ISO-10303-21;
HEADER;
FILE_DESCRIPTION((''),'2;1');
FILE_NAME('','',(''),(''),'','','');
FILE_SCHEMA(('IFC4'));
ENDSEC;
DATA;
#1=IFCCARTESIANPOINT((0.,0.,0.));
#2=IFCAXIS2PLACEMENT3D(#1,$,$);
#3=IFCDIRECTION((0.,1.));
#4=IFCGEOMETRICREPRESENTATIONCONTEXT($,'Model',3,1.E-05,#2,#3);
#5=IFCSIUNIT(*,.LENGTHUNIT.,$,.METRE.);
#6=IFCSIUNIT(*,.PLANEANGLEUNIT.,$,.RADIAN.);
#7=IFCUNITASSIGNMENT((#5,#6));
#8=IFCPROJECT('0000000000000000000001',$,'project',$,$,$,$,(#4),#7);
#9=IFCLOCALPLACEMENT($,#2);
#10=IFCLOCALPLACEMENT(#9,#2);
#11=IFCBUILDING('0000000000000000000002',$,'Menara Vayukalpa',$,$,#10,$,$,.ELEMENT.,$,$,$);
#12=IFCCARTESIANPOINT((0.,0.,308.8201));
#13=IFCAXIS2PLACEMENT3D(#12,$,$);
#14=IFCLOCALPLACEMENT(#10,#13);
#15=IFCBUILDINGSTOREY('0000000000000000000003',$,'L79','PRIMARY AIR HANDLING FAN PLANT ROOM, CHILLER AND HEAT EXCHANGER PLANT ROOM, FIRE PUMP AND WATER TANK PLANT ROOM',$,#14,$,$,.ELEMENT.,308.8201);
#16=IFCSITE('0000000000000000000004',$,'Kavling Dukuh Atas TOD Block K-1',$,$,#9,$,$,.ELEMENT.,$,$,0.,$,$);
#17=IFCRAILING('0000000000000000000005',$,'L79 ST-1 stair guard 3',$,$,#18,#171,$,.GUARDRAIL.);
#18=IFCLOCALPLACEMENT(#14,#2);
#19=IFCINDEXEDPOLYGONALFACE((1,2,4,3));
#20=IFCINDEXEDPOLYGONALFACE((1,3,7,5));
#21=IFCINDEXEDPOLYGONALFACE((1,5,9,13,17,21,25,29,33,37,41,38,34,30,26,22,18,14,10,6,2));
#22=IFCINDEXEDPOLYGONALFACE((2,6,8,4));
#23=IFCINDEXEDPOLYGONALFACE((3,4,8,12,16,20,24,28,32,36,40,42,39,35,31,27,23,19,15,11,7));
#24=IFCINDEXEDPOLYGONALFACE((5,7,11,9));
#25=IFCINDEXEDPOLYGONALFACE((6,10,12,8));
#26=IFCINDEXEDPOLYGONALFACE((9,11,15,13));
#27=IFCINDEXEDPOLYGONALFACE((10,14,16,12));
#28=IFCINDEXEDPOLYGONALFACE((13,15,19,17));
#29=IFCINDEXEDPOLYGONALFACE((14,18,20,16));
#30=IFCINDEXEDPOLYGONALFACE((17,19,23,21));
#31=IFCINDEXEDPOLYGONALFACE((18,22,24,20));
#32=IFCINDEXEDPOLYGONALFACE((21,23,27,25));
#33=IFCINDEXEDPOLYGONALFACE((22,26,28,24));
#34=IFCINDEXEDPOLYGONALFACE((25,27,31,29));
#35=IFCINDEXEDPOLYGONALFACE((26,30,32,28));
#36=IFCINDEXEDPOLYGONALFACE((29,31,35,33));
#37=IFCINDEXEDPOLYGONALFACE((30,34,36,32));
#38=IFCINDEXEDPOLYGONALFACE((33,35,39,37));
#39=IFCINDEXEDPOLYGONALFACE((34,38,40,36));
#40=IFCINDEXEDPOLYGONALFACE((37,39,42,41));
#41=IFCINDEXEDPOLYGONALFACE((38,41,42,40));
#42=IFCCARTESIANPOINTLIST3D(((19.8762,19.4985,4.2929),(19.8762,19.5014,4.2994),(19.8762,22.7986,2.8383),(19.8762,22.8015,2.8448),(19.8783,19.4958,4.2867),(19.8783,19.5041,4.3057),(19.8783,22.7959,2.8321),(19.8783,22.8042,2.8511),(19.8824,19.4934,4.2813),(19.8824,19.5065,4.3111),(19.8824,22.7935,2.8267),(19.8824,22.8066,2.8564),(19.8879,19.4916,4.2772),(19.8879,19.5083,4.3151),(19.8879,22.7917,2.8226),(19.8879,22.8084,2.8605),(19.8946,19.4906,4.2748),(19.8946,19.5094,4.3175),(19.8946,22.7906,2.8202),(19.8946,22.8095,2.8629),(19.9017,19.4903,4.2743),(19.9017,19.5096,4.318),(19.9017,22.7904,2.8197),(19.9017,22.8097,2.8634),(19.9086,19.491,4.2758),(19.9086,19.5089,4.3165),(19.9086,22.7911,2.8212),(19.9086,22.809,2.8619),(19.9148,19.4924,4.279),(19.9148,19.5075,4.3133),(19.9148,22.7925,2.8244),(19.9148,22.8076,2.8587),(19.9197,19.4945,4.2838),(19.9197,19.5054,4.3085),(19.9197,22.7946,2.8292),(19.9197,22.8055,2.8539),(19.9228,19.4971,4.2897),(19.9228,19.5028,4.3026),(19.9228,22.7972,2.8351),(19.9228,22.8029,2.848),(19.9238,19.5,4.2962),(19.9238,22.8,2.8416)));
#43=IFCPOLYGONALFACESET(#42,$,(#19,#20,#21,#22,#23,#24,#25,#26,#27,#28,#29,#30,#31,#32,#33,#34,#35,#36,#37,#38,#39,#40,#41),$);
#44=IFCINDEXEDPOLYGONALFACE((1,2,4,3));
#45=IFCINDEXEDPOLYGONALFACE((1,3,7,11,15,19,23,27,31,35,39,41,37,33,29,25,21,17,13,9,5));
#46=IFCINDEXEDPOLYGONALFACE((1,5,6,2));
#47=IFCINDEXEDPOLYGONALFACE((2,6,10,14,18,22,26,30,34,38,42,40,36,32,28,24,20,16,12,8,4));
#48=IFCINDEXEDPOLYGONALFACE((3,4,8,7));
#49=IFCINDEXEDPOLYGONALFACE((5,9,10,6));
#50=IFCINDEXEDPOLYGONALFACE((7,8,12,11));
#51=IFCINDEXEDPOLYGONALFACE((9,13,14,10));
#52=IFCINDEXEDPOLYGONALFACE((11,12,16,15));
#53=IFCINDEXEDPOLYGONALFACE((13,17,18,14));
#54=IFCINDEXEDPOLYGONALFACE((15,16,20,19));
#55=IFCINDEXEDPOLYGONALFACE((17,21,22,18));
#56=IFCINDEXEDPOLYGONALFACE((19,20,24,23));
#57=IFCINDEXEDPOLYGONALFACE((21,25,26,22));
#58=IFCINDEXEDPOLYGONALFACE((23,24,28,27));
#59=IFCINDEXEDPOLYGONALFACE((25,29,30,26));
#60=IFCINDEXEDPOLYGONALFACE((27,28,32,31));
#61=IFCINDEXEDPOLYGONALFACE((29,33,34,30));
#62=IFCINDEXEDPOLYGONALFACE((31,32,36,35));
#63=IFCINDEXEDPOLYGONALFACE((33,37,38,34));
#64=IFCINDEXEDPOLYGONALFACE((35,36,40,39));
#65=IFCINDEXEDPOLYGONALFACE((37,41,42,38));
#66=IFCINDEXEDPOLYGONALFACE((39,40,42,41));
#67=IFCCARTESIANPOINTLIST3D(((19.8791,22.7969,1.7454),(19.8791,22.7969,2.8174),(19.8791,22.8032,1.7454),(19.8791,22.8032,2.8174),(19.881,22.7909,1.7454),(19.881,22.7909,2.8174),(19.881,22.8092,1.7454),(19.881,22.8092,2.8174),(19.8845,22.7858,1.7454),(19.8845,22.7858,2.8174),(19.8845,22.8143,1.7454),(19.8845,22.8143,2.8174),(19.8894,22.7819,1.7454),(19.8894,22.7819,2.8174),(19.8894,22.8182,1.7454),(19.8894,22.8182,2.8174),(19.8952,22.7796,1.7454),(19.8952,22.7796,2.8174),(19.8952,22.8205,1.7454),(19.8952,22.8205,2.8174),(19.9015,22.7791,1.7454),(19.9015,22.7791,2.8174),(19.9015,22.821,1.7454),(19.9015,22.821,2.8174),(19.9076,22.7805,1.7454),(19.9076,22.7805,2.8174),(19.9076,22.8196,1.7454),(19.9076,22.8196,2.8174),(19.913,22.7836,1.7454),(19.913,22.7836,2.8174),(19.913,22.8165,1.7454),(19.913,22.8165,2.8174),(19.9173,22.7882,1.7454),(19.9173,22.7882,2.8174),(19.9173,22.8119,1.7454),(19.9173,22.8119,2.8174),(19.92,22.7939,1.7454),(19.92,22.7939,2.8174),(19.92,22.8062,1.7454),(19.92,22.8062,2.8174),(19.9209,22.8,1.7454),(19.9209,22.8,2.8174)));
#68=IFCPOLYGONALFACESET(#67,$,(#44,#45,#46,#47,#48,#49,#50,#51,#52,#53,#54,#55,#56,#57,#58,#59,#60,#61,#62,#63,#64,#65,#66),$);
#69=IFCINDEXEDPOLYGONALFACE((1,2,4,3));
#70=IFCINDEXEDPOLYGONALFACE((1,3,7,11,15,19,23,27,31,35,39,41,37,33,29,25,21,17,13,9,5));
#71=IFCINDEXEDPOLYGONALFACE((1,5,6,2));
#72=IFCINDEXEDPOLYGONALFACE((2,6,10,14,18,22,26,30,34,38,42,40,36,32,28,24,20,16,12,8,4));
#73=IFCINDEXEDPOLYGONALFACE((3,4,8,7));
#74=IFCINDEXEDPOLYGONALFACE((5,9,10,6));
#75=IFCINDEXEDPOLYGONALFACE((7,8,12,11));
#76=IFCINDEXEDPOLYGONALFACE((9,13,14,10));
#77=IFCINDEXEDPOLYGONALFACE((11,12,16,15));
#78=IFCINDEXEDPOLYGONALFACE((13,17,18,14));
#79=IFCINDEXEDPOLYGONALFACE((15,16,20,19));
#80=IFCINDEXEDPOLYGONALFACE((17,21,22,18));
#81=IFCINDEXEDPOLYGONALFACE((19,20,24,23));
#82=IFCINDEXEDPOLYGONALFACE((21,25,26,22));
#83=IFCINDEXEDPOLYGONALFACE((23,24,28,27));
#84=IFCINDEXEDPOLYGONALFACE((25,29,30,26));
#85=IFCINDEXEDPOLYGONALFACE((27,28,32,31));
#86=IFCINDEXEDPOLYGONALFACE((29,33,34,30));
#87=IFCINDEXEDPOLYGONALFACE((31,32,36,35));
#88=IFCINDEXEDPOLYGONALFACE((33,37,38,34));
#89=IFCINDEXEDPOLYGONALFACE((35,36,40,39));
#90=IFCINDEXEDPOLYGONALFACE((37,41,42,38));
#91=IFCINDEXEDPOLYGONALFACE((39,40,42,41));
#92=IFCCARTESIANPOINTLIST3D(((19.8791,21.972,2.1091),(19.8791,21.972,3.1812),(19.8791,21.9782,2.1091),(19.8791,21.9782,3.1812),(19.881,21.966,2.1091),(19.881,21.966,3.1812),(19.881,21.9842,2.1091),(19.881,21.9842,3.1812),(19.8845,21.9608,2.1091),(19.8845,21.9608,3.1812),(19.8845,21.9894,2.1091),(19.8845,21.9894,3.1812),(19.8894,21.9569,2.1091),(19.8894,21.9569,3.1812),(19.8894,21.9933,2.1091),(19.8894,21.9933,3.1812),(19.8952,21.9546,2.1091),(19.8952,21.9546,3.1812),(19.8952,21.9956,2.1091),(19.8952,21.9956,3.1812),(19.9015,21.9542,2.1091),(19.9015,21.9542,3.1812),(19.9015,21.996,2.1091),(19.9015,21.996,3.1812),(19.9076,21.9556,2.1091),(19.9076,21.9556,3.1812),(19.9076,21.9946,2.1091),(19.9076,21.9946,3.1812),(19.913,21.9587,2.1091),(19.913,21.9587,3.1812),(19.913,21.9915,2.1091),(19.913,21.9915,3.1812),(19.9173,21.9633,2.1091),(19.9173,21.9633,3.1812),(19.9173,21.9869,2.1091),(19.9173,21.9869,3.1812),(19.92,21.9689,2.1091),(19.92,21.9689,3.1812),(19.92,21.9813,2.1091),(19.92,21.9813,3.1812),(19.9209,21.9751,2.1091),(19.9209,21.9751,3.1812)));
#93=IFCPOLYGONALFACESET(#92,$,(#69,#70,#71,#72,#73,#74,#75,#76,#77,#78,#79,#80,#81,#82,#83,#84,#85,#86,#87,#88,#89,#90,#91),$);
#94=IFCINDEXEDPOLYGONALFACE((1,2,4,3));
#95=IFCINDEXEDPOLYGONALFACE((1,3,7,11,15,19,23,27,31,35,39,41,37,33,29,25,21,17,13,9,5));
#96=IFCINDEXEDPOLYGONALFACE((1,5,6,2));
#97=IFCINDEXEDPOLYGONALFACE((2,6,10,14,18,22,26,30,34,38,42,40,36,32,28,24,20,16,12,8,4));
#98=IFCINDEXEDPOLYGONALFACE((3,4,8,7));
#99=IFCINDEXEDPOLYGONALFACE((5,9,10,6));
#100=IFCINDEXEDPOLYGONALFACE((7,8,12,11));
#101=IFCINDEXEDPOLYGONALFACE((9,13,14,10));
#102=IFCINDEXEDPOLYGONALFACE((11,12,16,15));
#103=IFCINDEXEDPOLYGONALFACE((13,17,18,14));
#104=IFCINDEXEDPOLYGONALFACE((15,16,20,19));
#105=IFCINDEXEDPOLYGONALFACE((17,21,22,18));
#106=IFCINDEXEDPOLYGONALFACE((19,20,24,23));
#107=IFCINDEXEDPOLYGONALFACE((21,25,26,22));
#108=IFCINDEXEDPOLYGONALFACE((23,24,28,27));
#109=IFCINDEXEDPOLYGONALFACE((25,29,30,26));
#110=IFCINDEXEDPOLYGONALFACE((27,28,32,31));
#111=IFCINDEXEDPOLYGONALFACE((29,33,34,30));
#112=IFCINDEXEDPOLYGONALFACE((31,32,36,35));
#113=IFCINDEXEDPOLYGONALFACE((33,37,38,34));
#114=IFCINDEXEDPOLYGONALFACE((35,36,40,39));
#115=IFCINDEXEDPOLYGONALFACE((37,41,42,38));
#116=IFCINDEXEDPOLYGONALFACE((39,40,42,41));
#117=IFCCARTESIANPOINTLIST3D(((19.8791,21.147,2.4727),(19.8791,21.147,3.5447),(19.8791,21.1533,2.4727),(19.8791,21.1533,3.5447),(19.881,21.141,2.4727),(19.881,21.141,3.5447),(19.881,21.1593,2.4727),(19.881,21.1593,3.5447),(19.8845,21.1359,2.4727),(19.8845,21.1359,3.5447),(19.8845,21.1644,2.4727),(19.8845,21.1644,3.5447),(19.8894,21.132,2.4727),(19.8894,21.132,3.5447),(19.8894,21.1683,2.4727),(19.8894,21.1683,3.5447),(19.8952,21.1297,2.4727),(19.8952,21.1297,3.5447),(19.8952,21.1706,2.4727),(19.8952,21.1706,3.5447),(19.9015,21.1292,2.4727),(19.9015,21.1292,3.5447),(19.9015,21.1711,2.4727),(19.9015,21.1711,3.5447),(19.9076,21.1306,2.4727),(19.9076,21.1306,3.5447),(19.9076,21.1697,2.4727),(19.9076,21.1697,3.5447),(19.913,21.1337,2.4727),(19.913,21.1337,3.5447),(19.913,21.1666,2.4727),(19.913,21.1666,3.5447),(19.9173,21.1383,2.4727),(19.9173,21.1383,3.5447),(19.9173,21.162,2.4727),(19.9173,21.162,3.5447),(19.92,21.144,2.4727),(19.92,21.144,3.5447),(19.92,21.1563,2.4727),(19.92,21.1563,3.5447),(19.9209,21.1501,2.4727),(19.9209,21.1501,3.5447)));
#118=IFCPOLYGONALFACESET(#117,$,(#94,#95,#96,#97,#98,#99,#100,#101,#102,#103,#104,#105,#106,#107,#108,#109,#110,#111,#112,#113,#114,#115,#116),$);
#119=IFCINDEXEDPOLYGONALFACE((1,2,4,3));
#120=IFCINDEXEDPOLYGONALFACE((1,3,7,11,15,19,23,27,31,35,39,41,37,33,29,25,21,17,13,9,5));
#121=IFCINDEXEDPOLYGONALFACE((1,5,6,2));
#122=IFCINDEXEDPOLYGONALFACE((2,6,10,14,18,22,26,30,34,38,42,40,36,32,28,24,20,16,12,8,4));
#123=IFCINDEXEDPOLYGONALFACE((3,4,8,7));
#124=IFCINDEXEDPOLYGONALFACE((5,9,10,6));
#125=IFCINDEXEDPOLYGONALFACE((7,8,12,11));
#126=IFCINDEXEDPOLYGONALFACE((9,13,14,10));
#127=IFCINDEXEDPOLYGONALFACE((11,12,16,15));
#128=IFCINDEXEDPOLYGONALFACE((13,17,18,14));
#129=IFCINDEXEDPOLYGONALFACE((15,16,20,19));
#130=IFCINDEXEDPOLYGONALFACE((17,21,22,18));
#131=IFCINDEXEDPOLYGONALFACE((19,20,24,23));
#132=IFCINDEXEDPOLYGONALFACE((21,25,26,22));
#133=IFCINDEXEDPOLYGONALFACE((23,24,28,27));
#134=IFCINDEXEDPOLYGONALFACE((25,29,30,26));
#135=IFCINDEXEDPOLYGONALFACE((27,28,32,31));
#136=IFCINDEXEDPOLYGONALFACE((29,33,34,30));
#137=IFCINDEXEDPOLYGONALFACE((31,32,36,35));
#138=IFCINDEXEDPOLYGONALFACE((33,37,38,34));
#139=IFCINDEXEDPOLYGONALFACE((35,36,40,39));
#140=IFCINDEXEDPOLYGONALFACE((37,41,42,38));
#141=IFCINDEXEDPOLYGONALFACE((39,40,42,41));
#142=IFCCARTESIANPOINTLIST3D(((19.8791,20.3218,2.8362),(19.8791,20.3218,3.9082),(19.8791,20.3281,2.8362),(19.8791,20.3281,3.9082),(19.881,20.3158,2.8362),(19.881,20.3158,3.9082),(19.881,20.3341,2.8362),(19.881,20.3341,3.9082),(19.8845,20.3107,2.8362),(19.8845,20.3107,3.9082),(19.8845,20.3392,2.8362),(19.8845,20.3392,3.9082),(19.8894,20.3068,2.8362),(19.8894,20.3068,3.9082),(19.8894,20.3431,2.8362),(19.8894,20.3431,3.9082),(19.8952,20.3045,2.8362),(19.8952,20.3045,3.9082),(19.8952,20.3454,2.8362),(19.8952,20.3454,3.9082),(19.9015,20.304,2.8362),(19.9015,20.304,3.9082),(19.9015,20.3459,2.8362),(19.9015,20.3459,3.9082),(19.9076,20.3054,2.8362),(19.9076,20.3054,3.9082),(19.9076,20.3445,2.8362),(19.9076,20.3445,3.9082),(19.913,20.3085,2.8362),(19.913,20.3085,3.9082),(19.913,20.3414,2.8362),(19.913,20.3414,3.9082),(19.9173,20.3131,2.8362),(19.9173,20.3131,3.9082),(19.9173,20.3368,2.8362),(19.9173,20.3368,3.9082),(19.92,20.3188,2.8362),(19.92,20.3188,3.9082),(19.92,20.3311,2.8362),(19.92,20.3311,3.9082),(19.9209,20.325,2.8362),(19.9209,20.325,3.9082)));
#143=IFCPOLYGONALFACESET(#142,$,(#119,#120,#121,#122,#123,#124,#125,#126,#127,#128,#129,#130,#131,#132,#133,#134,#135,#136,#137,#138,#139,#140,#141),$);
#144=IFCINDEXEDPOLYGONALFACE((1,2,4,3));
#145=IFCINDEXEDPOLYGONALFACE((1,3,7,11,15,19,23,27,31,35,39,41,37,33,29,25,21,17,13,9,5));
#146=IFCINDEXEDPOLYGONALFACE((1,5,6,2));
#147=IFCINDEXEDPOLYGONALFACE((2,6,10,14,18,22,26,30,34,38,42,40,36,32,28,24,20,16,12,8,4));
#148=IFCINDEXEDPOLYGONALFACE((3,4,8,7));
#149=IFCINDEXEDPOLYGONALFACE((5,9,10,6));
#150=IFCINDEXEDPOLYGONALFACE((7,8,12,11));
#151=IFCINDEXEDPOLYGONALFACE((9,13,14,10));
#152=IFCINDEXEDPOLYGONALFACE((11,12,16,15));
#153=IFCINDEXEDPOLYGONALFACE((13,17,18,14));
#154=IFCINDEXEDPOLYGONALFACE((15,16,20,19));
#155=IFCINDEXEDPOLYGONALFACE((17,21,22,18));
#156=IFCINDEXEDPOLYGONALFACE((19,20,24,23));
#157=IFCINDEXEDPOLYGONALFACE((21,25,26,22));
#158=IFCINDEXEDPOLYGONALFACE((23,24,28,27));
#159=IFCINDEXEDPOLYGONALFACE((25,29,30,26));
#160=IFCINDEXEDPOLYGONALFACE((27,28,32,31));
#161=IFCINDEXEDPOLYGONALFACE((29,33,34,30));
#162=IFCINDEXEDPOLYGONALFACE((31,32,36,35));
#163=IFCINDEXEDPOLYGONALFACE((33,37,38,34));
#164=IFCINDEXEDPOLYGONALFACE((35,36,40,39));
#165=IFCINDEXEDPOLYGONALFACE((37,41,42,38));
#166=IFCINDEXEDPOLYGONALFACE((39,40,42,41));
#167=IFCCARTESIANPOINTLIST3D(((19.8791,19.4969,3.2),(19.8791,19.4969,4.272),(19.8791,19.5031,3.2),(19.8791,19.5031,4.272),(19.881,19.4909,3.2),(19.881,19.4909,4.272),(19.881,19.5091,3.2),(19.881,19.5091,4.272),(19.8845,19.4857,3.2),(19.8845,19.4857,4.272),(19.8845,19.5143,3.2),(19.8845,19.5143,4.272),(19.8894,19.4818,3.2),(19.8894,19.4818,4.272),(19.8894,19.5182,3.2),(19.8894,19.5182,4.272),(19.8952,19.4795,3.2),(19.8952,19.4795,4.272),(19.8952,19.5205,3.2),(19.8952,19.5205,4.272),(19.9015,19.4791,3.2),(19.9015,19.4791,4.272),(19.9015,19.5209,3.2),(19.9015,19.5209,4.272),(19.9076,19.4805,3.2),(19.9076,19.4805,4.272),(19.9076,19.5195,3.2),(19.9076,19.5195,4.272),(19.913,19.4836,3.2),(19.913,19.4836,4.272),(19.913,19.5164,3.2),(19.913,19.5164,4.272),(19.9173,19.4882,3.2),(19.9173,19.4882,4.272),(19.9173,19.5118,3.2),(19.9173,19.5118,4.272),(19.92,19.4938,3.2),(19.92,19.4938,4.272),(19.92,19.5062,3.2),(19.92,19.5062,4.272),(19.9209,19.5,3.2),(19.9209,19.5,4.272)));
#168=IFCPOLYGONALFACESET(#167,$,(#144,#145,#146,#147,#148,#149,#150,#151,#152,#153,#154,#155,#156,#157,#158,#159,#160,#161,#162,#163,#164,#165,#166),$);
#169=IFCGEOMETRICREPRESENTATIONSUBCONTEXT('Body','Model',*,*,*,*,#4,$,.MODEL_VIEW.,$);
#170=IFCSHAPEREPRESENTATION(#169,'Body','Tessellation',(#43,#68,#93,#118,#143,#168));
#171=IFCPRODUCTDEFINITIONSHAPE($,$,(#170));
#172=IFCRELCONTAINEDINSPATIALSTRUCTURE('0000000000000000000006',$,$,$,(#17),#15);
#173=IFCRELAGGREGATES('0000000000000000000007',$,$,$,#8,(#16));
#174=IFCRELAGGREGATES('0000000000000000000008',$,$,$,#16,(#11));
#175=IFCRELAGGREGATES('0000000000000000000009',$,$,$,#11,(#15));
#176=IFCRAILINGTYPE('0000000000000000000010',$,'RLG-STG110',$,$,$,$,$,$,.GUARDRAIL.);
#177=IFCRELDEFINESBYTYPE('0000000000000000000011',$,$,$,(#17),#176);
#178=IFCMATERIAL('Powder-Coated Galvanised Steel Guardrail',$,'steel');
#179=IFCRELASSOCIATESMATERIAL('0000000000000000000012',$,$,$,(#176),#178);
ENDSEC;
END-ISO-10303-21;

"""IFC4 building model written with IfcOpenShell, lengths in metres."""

from ifc_helpers import new_model, si_unit, direction, frame, origin, origin_2d, place, context, subcontext, project, spatial, circle, extrude, material, type_object, element, save


model = new_model("IFC4")

# Units and contexts
model_context = context("Model", 3, precision=1e-05, world=origin(), true_north=direction((0.0, 1.0)))
body_context = subcontext(model_context, "Body", "Model", "MODEL_VIEW")
ifc_project = project(units=[si_unit("LENGTHUNIT", "METRE"), si_unit("PLANEANGLEUNIT", "RADIAN")], contexts=[model_context])

# Site, building, storey
site_placement = place(None, origin())
site = spatial("IfcSite", under=ifc_project, at=site_placement, Name="Kavling Dukuh Atas TOD Block K-1", CompositionType="ELEMENT", RefElevation=0.0)
building_placement = place(site_placement, origin())
building = spatial("IfcBuilding", under=site, at=building_placement, Name="Menara Vayukalpa", CompositionType="ELEMENT")
storey_placement = place(building_placement, frame((0.0, 0.0, 308.8201)))
storey = spatial("IfcBuildingStorey", under=building, at=storey_placement, Name="L79", Description="PRIMARY AIR HANDLING FAN PLANT ROOM, CHILLER AND HEAT EXCHANGER PLANT ROOM, FIRE PUMP AND WATER TANK PLANT ROOM", CompositionType="ELEMENT", Elevation=308.8201)

# Railing
ifc_material_1 = material(Name="Powder-Coated Galvanised Steel Guardrail", Category="steel")
railing_type_1 = type_object("IfcRailingType", Name="RLG-STG110", PredefinedType="GUARDRAIL", material=ifc_material_1)
railing_1_placement = place(storey_placement, frame((19.8999, 22.8, 1.7454)))
element("IfcRailing", 1, at=railing_1_placement, inside=storey, type_object=railing_type_1, Name="L79 ST-1 stair guard 3", PredefinedType="GUARDRAIL", context=body_context, shape_type="SweptSolid", body=[
    extrude(circle(Radius=0.0239, at=origin_2d()), frame((0.0, 0.0, 1.0962), z_axis=(0.0, -0.915052, 0.403335), x_axis=(1.0, 0.0, 0.0)), (0.0, 0.0, 1.0), 3.6064),
    extrude(circle(Radius=0.021, at=origin_2d()), origin(), (0.0, 0.0, 1.0), 1.072),
    extrude(circle(Radius=0.021, at=origin_2d()), frame((0.0, -0.825, 0.3638)), (0.0, 0.0, 1.0), 1.072),
    extrude(circle(Radius=0.021, at=origin_2d()), frame((0.0, -1.6499, 0.7273)), (0.0, 0.0, 1.0), 1.072),
    extrude(circle(Radius=0.021, at=origin_2d()), frame((0.0, -2.4751, 1.0908)), (0.0, 0.0, 1.0), 1.072),
    extrude(circle(Radius=0.021, at=origin_2d()), frame((0.0, -3.3, 1.4546)), (0.0, 0.0, 1.0), 1.072),
])

save(model, "model.ifc")
